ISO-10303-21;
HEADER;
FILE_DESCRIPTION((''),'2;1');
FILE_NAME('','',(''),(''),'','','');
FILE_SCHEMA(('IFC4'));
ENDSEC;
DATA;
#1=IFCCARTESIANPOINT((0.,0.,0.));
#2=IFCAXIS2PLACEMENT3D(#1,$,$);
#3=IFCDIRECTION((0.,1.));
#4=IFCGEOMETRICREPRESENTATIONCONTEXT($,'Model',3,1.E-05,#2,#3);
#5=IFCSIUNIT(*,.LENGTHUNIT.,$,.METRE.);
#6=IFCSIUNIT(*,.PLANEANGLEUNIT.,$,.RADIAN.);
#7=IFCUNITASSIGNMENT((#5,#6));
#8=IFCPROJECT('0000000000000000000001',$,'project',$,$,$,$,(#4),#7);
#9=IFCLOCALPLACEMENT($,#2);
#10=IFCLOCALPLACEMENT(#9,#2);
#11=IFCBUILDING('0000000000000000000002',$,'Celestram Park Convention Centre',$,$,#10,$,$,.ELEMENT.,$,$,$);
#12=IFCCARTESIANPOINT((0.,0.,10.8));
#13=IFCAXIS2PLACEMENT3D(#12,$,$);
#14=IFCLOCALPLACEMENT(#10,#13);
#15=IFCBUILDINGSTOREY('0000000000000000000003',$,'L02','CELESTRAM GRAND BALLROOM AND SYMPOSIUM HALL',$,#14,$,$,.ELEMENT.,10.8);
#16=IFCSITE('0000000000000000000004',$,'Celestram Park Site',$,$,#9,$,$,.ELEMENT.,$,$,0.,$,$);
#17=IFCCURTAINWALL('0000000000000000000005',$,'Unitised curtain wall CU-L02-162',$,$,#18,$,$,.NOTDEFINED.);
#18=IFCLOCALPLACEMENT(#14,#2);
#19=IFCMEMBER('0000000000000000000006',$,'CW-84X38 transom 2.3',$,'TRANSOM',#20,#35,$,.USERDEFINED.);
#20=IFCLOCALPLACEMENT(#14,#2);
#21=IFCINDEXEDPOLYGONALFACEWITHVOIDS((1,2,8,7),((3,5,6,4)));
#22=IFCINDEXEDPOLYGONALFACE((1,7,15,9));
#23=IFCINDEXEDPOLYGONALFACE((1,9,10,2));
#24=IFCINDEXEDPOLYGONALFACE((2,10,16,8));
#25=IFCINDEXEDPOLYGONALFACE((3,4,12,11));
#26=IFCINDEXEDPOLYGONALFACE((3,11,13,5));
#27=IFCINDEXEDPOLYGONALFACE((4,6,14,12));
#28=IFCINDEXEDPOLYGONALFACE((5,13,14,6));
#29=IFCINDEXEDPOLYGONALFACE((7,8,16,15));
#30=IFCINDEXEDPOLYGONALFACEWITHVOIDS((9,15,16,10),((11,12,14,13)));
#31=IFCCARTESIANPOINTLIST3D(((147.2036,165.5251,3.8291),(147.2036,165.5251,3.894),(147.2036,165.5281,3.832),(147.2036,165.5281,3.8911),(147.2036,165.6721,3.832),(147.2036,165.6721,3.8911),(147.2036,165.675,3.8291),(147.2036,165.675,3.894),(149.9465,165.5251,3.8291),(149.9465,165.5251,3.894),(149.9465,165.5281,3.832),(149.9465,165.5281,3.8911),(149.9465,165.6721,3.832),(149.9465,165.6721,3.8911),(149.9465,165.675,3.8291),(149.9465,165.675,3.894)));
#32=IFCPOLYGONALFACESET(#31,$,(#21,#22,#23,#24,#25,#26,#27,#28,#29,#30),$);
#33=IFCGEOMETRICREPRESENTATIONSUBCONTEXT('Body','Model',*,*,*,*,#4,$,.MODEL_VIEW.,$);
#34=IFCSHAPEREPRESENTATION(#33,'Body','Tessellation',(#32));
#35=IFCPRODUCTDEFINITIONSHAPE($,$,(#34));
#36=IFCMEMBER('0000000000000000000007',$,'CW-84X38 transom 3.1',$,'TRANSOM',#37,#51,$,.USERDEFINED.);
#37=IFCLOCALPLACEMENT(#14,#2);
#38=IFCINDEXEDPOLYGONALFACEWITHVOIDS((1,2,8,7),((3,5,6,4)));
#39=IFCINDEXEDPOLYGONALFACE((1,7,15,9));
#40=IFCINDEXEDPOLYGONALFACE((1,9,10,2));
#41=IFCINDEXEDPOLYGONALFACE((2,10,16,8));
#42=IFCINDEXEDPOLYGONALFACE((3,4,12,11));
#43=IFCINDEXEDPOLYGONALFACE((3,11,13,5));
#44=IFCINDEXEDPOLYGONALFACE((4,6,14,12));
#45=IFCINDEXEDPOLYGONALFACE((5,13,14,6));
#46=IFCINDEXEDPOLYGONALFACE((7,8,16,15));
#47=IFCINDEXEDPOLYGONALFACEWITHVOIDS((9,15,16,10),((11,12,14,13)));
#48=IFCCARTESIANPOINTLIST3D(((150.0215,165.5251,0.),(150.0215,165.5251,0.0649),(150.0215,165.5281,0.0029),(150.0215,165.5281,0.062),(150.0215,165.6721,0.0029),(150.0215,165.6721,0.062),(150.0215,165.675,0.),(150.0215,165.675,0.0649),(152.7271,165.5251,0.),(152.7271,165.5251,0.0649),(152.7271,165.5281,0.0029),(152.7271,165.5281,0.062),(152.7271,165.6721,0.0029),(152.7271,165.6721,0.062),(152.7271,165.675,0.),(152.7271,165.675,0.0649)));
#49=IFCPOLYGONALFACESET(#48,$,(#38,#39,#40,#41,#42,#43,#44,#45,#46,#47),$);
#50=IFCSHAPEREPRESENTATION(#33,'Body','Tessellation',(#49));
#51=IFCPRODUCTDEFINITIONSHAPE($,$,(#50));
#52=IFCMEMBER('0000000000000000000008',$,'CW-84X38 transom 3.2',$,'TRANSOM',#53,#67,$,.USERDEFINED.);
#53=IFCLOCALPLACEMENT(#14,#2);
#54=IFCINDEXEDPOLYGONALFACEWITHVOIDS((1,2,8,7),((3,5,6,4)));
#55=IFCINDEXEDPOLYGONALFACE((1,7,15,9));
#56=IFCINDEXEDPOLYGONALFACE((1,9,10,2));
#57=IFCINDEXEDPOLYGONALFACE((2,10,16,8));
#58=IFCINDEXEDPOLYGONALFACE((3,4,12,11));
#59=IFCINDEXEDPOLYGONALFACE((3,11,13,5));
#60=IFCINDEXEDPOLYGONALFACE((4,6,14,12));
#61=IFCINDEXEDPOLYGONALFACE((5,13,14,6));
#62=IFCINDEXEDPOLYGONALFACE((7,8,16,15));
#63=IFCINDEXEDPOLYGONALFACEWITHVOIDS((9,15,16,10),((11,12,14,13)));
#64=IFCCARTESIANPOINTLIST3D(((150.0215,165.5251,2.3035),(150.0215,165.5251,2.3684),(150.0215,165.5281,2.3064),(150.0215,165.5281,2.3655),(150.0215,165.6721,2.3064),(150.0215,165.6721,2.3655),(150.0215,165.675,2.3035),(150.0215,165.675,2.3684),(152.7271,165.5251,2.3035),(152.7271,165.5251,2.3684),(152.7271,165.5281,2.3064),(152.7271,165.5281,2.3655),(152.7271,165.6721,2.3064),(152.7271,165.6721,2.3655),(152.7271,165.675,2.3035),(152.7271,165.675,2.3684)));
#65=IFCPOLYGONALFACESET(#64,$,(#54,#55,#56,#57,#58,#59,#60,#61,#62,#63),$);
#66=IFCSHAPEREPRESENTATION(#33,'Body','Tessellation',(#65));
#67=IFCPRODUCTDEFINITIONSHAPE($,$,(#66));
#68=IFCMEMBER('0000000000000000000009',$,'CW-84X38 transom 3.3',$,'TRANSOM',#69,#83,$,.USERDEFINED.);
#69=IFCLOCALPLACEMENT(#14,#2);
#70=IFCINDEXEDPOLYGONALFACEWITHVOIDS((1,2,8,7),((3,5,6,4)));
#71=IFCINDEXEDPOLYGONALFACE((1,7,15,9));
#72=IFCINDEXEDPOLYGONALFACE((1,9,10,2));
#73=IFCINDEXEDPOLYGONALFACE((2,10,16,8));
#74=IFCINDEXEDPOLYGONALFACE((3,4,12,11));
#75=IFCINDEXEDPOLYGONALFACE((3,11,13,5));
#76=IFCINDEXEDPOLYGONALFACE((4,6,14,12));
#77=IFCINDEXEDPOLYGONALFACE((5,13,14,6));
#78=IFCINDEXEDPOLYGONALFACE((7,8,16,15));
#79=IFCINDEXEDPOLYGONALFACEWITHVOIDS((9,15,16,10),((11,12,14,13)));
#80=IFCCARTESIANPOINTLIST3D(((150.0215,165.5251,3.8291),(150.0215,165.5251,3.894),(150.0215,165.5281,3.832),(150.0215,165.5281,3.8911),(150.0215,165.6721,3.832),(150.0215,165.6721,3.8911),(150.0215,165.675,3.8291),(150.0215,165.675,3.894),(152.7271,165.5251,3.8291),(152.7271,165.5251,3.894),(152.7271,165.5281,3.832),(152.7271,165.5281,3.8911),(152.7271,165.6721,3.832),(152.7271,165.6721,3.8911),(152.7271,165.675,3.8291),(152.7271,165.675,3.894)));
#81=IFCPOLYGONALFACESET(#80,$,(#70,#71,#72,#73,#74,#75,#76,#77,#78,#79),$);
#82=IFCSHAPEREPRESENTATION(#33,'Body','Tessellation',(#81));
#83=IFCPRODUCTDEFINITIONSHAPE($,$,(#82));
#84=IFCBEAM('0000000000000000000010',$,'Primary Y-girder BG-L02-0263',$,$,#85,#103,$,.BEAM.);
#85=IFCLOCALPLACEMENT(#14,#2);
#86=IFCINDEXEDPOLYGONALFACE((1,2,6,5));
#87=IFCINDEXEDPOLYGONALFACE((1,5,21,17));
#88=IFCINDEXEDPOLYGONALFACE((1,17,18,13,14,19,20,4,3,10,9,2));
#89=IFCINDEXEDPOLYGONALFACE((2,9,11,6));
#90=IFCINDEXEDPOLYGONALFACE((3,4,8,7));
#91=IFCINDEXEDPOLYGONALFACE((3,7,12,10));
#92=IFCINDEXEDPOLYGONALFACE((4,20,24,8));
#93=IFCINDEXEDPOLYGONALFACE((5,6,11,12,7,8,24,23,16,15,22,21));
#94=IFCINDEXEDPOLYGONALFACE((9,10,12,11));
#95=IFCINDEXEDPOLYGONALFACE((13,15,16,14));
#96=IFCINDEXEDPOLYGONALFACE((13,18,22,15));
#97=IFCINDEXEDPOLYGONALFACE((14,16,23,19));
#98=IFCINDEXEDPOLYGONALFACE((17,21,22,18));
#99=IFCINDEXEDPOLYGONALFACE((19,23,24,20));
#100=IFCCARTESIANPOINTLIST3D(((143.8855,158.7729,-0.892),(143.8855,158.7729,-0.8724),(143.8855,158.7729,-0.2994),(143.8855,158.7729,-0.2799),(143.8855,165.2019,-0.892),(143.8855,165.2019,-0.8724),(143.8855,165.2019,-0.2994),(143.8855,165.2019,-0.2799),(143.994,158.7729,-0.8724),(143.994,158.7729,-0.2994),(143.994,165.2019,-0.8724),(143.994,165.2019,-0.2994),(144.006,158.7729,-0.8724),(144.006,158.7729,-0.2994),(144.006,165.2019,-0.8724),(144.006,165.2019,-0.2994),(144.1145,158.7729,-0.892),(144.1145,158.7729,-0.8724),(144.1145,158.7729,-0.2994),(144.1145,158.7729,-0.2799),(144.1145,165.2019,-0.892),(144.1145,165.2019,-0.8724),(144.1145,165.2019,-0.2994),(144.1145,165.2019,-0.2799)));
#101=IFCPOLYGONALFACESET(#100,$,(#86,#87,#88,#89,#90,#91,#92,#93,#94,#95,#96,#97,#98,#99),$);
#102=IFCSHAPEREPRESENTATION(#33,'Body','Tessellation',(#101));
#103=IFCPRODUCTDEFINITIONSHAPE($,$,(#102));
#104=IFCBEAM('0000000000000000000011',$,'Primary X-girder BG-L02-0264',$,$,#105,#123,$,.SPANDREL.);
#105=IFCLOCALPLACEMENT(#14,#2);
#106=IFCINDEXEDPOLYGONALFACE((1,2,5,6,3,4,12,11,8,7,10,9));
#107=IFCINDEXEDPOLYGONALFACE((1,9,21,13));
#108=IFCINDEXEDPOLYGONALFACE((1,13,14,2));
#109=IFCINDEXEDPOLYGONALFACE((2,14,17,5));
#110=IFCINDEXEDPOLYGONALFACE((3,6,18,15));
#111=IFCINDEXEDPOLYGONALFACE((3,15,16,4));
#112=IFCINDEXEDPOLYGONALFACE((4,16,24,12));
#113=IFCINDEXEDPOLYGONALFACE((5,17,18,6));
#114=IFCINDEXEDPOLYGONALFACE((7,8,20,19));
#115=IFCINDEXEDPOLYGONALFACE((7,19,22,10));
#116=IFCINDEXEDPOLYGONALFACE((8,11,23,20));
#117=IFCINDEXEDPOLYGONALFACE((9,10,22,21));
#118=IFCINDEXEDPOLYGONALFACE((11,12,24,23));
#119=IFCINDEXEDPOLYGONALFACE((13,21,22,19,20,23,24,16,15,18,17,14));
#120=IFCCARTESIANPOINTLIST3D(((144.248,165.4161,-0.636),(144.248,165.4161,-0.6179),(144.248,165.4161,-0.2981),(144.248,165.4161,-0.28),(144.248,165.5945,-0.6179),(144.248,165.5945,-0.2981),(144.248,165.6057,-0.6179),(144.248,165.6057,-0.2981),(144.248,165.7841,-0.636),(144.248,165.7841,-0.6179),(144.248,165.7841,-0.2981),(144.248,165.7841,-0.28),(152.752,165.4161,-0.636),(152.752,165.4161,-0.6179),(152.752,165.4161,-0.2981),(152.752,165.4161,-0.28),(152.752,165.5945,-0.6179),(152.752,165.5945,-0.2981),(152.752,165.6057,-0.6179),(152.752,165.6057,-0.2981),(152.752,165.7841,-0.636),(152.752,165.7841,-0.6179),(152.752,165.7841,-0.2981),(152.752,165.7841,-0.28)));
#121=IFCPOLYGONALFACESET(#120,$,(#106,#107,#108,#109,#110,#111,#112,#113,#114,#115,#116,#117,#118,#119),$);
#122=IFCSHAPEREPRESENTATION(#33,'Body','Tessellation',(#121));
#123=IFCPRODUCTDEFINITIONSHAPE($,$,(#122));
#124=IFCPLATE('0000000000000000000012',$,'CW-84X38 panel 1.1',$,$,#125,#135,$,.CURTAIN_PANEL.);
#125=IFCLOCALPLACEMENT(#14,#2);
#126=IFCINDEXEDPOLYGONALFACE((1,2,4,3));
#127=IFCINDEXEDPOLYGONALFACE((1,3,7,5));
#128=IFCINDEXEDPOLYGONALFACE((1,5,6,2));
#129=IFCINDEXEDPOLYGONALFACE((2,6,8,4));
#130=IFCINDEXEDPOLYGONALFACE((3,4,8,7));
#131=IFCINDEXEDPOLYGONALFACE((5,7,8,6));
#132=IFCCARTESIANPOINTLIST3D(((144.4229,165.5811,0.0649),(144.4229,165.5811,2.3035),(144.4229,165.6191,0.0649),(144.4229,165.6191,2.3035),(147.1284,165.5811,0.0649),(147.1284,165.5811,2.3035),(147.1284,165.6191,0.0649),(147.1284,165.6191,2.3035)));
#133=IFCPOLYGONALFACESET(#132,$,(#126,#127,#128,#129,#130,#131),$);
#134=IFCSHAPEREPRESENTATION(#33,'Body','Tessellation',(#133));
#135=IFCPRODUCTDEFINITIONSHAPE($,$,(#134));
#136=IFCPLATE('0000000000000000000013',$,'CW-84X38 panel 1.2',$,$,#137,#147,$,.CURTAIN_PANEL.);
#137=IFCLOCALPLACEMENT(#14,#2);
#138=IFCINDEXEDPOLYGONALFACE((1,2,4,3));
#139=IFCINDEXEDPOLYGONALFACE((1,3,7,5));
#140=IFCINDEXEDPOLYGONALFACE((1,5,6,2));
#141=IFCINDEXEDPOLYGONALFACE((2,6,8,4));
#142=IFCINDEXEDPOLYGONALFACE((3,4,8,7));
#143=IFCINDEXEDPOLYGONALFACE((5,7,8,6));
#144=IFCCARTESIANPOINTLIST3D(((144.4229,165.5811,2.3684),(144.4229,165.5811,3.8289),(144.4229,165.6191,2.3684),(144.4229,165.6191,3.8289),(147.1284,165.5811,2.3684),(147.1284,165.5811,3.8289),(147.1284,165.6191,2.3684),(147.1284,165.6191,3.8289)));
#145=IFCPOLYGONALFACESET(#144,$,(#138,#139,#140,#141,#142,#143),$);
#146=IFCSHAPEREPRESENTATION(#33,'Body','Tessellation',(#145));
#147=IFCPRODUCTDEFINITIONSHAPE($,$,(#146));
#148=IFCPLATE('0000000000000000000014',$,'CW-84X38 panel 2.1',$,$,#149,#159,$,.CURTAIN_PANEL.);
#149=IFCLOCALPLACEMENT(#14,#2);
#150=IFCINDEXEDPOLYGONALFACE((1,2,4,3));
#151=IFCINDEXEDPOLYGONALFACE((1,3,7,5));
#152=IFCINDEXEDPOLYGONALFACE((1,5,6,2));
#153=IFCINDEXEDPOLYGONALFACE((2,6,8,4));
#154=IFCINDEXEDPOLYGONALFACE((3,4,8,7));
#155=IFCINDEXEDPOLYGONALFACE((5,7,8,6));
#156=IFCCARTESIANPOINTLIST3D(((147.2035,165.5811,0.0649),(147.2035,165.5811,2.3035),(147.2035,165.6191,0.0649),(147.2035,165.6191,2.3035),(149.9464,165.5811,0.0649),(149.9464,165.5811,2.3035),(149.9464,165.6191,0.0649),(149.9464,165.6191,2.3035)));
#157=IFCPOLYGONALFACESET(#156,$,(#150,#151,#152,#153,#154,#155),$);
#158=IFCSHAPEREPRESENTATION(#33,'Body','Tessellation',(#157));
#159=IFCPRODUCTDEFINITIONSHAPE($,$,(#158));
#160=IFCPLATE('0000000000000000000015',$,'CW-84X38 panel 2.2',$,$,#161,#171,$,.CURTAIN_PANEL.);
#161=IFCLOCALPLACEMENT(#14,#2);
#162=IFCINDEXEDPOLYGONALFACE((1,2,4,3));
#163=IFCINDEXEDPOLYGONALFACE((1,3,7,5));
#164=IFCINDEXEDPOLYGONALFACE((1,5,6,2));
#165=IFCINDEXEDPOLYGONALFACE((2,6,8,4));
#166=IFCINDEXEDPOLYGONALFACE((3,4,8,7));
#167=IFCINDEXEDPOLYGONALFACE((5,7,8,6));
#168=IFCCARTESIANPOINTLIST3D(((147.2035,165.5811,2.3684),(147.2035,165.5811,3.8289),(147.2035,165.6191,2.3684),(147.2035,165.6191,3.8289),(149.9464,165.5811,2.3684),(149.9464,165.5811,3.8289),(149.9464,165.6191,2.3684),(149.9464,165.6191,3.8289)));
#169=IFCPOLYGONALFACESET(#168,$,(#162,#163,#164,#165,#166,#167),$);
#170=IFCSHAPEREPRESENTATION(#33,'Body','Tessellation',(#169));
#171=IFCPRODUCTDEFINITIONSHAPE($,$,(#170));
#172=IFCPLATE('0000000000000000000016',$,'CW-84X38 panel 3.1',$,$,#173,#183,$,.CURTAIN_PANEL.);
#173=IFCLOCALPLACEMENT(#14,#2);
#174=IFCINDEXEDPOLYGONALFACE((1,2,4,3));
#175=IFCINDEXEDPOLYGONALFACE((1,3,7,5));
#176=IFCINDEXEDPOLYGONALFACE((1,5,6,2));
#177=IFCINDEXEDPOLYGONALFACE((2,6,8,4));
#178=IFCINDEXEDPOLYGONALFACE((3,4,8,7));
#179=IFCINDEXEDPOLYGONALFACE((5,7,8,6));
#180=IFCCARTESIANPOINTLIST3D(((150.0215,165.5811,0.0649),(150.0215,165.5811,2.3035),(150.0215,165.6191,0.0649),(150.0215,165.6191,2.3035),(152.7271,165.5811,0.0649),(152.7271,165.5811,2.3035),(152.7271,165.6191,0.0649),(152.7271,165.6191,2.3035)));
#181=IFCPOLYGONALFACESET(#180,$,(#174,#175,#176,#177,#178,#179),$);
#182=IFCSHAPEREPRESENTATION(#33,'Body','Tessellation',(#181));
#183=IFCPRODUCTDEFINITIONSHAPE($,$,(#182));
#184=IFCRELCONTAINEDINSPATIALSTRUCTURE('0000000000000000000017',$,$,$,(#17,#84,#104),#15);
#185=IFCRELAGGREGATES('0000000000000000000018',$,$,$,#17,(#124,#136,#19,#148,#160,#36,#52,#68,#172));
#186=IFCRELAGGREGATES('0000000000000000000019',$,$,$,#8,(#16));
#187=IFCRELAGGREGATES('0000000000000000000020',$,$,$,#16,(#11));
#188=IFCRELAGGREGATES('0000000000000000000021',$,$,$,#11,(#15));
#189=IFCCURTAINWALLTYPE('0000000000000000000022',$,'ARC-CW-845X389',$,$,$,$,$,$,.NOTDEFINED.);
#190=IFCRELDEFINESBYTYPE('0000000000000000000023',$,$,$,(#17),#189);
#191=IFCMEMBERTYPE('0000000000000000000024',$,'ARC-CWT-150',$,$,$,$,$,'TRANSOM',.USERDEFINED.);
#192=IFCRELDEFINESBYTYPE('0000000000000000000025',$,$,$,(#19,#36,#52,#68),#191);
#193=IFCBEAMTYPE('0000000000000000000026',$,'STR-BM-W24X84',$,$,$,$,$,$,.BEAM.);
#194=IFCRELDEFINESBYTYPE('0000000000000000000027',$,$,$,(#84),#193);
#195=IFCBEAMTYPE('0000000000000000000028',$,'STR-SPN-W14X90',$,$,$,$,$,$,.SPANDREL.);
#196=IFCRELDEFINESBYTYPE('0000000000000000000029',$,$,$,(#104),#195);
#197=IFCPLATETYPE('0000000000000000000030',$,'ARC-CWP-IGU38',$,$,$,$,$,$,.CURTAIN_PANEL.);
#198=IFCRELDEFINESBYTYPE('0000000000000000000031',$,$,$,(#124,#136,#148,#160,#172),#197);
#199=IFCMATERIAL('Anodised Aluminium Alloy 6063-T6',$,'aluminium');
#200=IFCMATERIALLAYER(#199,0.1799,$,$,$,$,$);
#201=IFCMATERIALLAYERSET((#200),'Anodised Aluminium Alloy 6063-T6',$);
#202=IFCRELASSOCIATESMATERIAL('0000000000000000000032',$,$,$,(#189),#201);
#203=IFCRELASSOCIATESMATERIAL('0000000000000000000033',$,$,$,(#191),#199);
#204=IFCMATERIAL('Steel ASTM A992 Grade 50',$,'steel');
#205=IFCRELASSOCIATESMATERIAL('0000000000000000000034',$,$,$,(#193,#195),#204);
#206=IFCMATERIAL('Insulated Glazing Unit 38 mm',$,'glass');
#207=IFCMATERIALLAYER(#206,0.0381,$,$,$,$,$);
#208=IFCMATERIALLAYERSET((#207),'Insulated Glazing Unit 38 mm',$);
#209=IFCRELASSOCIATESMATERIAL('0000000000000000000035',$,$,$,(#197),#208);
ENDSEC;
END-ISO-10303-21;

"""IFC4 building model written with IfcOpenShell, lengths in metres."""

from ifc_helpers import new_model, si_unit, direction, frame, origin, origin_2d, place, context, subcontext, project, spatial, rectangle, hollow_rectangle, i_section, extrude, material, layer, layer_set, material_profile, profile_set, type_object, element, aggregate, save


model = new_model("IFC4")

# Units and contexts
model_context = context("Model", 3, precision=1e-05, world=origin(), true_north=direction((0.0, 1.0)))
body_context = subcontext(model_context, "Body", "Model", "MODEL_VIEW")
ifc_project = project(units=[si_unit("LENGTHUNIT", "METRE"), si_unit("PLANEANGLEUNIT", "RADIAN")], contexts=[model_context])

# Site, building, storey
site_placement = place(None, origin())
site = spatial("IfcSite", under=ifc_project, at=site_placement, Name="Celestram Park Site", CompositionType="ELEMENT", RefElevation=0.0)
building_placement = place(site_placement, origin())
building = spatial("IfcBuilding", under=site, at=building_placement, Name="Celestram Park Convention Centre", CompositionType="ELEMENT")
storey_placement = place(building_placement, frame((0.0, 0.0, 10.8)))
storey = spatial("IfcBuildingStorey", under=building, at=storey_placement, Name="L02", Description="CELESTRAM GRAND BALLROOM AND SYMPOSIUM HALL", CompositionType="ELEMENT", Elevation=10.8)

# Shared definitions
ifc_material_1 = material(Name="Anodised Aluminium Alloy 6063-T6", Category="aluminium")

# Curtain wall, members
ifc_layer_1 = layer(ifc_material_1, 0.1799)
ifc_layer_set_1 = layer_set([ifc_layer_1], Name="Anodised Aluminium Alloy 6063-T6")
curtain_wall_type_1 = type_object("IfcCurtainWallType", Name="ARC-CW-845X389", PredefinedType="NOTDEFINED", material=ifc_layer_set_1)
curtain_wall_1_placement = place(storey_placement, origin())
curtain_wall_1 = element("IfcCurtainWall", 1, at=curtain_wall_1_placement, inside=storey, type_object=curtain_wall_type_1, Name="Unitised curtain wall CU-L02-162", PredefinedType="NOTDEFINED")
ifc_material_profile_1 = material_profile(ifc_material_1, hollow_rectangle(XDim=0.1499, YDim=0.0649, WallThickness=0.0029, at=origin_2d()), Name="ALU150X65X3")
ifc_profile_set_1 = profile_set([ifc_material_profile_1], Name="Anodised Aluminium Alloy 6063-T6")
member_type_1 = type_object("IfcMemberType", Name="ARC-CWT-150", ElementType="TRANSOM", PredefinedType="USERDEFINED", material=ifc_profile_set_1)
member_1_placement = place(storey_placement, frame((147.2036, 165.6001, 3.8616), z_axis=(1.0, 0.0, 0.0), x_axis=(0.0, 1.0, 0.0)))
member_1 = element("IfcMember", 2, at=member_1_placement, type_object=member_type_1, Name="CW-84X38 transom 2.3", ObjectType="TRANSOM", PredefinedType="USERDEFINED", context=body_context, shape_type="SweptSolid", body=[
    extrude(hollow_rectangle(XDim=0.1499, YDim=0.0649, WallThickness=0.0029, at=origin_2d()), origin(), (0.0, 0.0, 1.0), 2.7429),
])
member_2_placement = place(storey_placement, frame((150.0215, 165.6001, 0.0325), z_axis=(1.0, 0.0, 0.0), x_axis=(0.0, 1.0, 0.0)))
member_2 = element("IfcMember", 3, at=member_2_placement, type_object=member_type_1, Name="CW-84X38 transom 3.1", ObjectType="TRANSOM", PredefinedType="USERDEFINED", context=body_context, shape_type="SweptSolid", body=[
    extrude(hollow_rectangle(XDim=0.1499, YDim=0.0649, WallThickness=0.0029, at=origin_2d()), origin(), (0.0, 0.0, 1.0), 2.7056),
])
member_3_placement = place(storey_placement, frame((150.0215, 165.6001, 2.3359), z_axis=(1.0, 0.0, 0.0), x_axis=(0.0, 1.0, 0.0)))
member_3 = element("IfcMember", 4, at=member_3_placement, type_object=member_type_1, Name="CW-84X38 transom 3.2", ObjectType="TRANSOM", PredefinedType="USERDEFINED", context=body_context, shape_type="SweptSolid", body=[
    extrude(hollow_rectangle(XDim=0.1499, YDim=0.0649, WallThickness=0.0029, at=origin_2d()), origin(), (0.0, 0.0, 1.0), 2.7056),
])
member_4_placement = place(storey_placement, frame((150.0215, 165.6001, 3.8616), z_axis=(1.0, 0.0, 0.0), x_axis=(0.0, 1.0, 0.0)))
member_4 = element("IfcMember", 5, at=member_4_placement, type_object=member_type_1, Name="CW-84X38 transom 3.3", ObjectType="TRANSOM", PredefinedType="USERDEFINED", context=body_context, shape_type="SweptSolid", body=[
    extrude(hollow_rectangle(XDim=0.1499, YDim=0.0649, WallThickness=0.0029, at=origin_2d()), origin(), (0.0, 0.0, 1.0), 2.7056),
])

# Beams
ifc_material_2 = material(Name="Steel ASTM A992 Grade 50", Category="steel")
ifc_material_profile_2 = material_profile(ifc_material_2, i_section(OverallWidth=0.229, OverallDepth=0.6121, WebThickness=0.012, FlangeThickness=0.0195, at=origin_2d()), Name="W24X84")
ifc_profile_set_2 = profile_set([ifc_material_profile_2], Name="Steel ASTM A992 Grade 50")
beam_type_1 = type_object("IfcBeamType", Name="STR-BM-W24X84", PredefinedType="BEAM", material=ifc_profile_set_2)
beam_1_placement = place(storey_placement, frame((144.0, 158.7729, -0.5859), z_axis=(0.0, 1.0, 0.0), x_axis=(-1.0, 0.0, 0.0)))
element("IfcBeam", 6, at=beam_1_placement, inside=storey, type_object=beam_type_1, Name="Primary Y-girder BG-L02-0263", PredefinedType="BEAM", context=body_context, shape_type="SweptSolid", body=[
    extrude(i_section(OverallWidth=0.229, OverallDepth=0.6121, WebThickness=0.012, FlangeThickness=0.0195, at=origin_2d()), origin(), (0.0, 0.0, 1.0), 6.429),
])
ifc_material_profile_3 = material_profile(ifc_material_2, i_section(OverallWidth=0.3679, OverallDepth=0.356, WebThickness=0.0112, FlangeThickness=0.0181, at=origin_2d()), Name="W14X90")
ifc_profile_set_3 = profile_set([ifc_material_profile_3], Name="Steel ASTM A992 Grade 50")
beam_type_2 = type_object("IfcBeamType", Name="STR-SPN-W14X90", PredefinedType="SPANDREL", material=ifc_profile_set_3)
beam_2_placement = place(storey_placement, frame((144.248, 165.6001, -0.458), z_axis=(1.0, 0.0, 0.0), x_axis=(0.0, 1.0, 0.0)))
element("IfcBeam", 7, at=beam_2_placement, inside=storey, type_object=beam_type_2, Name="Primary X-girder BG-L02-0264", PredefinedType="SPANDREL", context=body_context, shape_type="SweptSolid", body=[
    extrude(i_section(OverallWidth=0.3679, OverallDepth=0.356, WebThickness=0.0112, FlangeThickness=0.0181, at=origin_2d()), origin(), (0.0, 0.0, 1.0), 8.5039),
])

# Plates
ifc_material_3 = material(Name="Insulated Glazing Unit 38 mm", Category="glass")
ifc_layer_2 = layer(ifc_material_3, 0.0381)
ifc_layer_set_2 = layer_set([ifc_layer_2], Name="Insulated Glazing Unit 38 mm")
plate_type = type_object("IfcPlateType", Name="ARC-CWP-IGU38", PredefinedType="CURTAIN_PANEL", material=ifc_layer_set_2)
plate_1_placement = place(storey_placement, frame((145.7756, 165.6001, 0.0649), z_axis=(0.0, 0.0, 1.0), x_axis=(1.0, 0.0, 0.0)))
plate_1 = element("IfcPlate", 8, at=plate_1_placement, type_object=plate_type, Name="CW-84X38 panel 1.1", PredefinedType="CURTAIN_PANEL", context=body_context, shape_type="SweptSolid", body=[
    extrude(rectangle(XDim=2.7056, YDim=0.0381, at=origin_2d()), origin(), (0.0, 0.0, 1.0), 2.2385),
])
plate_2_placement = place(storey_placement, frame((145.7756, 165.6001, 2.3684), z_axis=(0.0, 0.0, 1.0), x_axis=(1.0, 0.0, 0.0)))
plate_2 = element("IfcPlate", 9, at=plate_2_placement, type_object=plate_type, Name="CW-84X38 panel 1.2", PredefinedType="CURTAIN_PANEL", context=body_context, shape_type="SweptSolid", body=[
    extrude(rectangle(XDim=2.7056, YDim=0.0381, at=origin_2d()), origin(), (0.0, 0.0, 1.0), 1.4604),
])
plate_3_placement = place(storey_placement, frame((148.575, 165.6001, 0.0649), z_axis=(0.0, 0.0, 1.0), x_axis=(1.0, 0.0, 0.0)))
plate_3 = element("IfcPlate", 10, at=plate_3_placement, type_object=plate_type, Name="CW-84X38 panel 2.1", PredefinedType="CURTAIN_PANEL", context=body_context, shape_type="SweptSolid", body=[
    extrude(rectangle(XDim=2.7429, YDim=0.0381, at=origin_2d()), origin(), (0.0, 0.0, 1.0), 2.2385),
])
plate_4_placement = place(storey_placement, frame((148.575, 165.6001, 2.3684), z_axis=(0.0, 0.0, 1.0), x_axis=(1.0, 0.0, 0.0)))
plate_4 = element("IfcPlate", 11, at=plate_4_placement, type_object=plate_type, Name="CW-84X38 panel 2.2", PredefinedType="CURTAIN_PANEL", context=body_context, shape_type="SweptSolid", body=[
    extrude(rectangle(XDim=2.7429, YDim=0.0381, at=origin_2d()), origin(), (0.0, 0.0, 1.0), 1.4604),
])
plate_5_placement = place(storey_placement, frame((151.3743, 165.6001, 0.0649), z_axis=(0.0, 0.0, 1.0), x_axis=(1.0, 0.0, 0.0)))
plate_5 = element("IfcPlate", 12, at=plate_5_placement, type_object=plate_type, Name="CW-84X38 panel 3.1", PredefinedType="CURTAIN_PANEL", context=body_context, shape_type="SweptSolid", body=[
    extrude(rectangle(XDim=2.7056, YDim=0.0381, at=origin_2d()), origin(), (0.0, 0.0, 1.0), 2.2385),
])
aggregate(curtain_wall_1, [plate_1, plate_2, member_1, plate_3, plate_4, member_2, member_3, member_4, plate_5])

save(model, "model.ifc")
